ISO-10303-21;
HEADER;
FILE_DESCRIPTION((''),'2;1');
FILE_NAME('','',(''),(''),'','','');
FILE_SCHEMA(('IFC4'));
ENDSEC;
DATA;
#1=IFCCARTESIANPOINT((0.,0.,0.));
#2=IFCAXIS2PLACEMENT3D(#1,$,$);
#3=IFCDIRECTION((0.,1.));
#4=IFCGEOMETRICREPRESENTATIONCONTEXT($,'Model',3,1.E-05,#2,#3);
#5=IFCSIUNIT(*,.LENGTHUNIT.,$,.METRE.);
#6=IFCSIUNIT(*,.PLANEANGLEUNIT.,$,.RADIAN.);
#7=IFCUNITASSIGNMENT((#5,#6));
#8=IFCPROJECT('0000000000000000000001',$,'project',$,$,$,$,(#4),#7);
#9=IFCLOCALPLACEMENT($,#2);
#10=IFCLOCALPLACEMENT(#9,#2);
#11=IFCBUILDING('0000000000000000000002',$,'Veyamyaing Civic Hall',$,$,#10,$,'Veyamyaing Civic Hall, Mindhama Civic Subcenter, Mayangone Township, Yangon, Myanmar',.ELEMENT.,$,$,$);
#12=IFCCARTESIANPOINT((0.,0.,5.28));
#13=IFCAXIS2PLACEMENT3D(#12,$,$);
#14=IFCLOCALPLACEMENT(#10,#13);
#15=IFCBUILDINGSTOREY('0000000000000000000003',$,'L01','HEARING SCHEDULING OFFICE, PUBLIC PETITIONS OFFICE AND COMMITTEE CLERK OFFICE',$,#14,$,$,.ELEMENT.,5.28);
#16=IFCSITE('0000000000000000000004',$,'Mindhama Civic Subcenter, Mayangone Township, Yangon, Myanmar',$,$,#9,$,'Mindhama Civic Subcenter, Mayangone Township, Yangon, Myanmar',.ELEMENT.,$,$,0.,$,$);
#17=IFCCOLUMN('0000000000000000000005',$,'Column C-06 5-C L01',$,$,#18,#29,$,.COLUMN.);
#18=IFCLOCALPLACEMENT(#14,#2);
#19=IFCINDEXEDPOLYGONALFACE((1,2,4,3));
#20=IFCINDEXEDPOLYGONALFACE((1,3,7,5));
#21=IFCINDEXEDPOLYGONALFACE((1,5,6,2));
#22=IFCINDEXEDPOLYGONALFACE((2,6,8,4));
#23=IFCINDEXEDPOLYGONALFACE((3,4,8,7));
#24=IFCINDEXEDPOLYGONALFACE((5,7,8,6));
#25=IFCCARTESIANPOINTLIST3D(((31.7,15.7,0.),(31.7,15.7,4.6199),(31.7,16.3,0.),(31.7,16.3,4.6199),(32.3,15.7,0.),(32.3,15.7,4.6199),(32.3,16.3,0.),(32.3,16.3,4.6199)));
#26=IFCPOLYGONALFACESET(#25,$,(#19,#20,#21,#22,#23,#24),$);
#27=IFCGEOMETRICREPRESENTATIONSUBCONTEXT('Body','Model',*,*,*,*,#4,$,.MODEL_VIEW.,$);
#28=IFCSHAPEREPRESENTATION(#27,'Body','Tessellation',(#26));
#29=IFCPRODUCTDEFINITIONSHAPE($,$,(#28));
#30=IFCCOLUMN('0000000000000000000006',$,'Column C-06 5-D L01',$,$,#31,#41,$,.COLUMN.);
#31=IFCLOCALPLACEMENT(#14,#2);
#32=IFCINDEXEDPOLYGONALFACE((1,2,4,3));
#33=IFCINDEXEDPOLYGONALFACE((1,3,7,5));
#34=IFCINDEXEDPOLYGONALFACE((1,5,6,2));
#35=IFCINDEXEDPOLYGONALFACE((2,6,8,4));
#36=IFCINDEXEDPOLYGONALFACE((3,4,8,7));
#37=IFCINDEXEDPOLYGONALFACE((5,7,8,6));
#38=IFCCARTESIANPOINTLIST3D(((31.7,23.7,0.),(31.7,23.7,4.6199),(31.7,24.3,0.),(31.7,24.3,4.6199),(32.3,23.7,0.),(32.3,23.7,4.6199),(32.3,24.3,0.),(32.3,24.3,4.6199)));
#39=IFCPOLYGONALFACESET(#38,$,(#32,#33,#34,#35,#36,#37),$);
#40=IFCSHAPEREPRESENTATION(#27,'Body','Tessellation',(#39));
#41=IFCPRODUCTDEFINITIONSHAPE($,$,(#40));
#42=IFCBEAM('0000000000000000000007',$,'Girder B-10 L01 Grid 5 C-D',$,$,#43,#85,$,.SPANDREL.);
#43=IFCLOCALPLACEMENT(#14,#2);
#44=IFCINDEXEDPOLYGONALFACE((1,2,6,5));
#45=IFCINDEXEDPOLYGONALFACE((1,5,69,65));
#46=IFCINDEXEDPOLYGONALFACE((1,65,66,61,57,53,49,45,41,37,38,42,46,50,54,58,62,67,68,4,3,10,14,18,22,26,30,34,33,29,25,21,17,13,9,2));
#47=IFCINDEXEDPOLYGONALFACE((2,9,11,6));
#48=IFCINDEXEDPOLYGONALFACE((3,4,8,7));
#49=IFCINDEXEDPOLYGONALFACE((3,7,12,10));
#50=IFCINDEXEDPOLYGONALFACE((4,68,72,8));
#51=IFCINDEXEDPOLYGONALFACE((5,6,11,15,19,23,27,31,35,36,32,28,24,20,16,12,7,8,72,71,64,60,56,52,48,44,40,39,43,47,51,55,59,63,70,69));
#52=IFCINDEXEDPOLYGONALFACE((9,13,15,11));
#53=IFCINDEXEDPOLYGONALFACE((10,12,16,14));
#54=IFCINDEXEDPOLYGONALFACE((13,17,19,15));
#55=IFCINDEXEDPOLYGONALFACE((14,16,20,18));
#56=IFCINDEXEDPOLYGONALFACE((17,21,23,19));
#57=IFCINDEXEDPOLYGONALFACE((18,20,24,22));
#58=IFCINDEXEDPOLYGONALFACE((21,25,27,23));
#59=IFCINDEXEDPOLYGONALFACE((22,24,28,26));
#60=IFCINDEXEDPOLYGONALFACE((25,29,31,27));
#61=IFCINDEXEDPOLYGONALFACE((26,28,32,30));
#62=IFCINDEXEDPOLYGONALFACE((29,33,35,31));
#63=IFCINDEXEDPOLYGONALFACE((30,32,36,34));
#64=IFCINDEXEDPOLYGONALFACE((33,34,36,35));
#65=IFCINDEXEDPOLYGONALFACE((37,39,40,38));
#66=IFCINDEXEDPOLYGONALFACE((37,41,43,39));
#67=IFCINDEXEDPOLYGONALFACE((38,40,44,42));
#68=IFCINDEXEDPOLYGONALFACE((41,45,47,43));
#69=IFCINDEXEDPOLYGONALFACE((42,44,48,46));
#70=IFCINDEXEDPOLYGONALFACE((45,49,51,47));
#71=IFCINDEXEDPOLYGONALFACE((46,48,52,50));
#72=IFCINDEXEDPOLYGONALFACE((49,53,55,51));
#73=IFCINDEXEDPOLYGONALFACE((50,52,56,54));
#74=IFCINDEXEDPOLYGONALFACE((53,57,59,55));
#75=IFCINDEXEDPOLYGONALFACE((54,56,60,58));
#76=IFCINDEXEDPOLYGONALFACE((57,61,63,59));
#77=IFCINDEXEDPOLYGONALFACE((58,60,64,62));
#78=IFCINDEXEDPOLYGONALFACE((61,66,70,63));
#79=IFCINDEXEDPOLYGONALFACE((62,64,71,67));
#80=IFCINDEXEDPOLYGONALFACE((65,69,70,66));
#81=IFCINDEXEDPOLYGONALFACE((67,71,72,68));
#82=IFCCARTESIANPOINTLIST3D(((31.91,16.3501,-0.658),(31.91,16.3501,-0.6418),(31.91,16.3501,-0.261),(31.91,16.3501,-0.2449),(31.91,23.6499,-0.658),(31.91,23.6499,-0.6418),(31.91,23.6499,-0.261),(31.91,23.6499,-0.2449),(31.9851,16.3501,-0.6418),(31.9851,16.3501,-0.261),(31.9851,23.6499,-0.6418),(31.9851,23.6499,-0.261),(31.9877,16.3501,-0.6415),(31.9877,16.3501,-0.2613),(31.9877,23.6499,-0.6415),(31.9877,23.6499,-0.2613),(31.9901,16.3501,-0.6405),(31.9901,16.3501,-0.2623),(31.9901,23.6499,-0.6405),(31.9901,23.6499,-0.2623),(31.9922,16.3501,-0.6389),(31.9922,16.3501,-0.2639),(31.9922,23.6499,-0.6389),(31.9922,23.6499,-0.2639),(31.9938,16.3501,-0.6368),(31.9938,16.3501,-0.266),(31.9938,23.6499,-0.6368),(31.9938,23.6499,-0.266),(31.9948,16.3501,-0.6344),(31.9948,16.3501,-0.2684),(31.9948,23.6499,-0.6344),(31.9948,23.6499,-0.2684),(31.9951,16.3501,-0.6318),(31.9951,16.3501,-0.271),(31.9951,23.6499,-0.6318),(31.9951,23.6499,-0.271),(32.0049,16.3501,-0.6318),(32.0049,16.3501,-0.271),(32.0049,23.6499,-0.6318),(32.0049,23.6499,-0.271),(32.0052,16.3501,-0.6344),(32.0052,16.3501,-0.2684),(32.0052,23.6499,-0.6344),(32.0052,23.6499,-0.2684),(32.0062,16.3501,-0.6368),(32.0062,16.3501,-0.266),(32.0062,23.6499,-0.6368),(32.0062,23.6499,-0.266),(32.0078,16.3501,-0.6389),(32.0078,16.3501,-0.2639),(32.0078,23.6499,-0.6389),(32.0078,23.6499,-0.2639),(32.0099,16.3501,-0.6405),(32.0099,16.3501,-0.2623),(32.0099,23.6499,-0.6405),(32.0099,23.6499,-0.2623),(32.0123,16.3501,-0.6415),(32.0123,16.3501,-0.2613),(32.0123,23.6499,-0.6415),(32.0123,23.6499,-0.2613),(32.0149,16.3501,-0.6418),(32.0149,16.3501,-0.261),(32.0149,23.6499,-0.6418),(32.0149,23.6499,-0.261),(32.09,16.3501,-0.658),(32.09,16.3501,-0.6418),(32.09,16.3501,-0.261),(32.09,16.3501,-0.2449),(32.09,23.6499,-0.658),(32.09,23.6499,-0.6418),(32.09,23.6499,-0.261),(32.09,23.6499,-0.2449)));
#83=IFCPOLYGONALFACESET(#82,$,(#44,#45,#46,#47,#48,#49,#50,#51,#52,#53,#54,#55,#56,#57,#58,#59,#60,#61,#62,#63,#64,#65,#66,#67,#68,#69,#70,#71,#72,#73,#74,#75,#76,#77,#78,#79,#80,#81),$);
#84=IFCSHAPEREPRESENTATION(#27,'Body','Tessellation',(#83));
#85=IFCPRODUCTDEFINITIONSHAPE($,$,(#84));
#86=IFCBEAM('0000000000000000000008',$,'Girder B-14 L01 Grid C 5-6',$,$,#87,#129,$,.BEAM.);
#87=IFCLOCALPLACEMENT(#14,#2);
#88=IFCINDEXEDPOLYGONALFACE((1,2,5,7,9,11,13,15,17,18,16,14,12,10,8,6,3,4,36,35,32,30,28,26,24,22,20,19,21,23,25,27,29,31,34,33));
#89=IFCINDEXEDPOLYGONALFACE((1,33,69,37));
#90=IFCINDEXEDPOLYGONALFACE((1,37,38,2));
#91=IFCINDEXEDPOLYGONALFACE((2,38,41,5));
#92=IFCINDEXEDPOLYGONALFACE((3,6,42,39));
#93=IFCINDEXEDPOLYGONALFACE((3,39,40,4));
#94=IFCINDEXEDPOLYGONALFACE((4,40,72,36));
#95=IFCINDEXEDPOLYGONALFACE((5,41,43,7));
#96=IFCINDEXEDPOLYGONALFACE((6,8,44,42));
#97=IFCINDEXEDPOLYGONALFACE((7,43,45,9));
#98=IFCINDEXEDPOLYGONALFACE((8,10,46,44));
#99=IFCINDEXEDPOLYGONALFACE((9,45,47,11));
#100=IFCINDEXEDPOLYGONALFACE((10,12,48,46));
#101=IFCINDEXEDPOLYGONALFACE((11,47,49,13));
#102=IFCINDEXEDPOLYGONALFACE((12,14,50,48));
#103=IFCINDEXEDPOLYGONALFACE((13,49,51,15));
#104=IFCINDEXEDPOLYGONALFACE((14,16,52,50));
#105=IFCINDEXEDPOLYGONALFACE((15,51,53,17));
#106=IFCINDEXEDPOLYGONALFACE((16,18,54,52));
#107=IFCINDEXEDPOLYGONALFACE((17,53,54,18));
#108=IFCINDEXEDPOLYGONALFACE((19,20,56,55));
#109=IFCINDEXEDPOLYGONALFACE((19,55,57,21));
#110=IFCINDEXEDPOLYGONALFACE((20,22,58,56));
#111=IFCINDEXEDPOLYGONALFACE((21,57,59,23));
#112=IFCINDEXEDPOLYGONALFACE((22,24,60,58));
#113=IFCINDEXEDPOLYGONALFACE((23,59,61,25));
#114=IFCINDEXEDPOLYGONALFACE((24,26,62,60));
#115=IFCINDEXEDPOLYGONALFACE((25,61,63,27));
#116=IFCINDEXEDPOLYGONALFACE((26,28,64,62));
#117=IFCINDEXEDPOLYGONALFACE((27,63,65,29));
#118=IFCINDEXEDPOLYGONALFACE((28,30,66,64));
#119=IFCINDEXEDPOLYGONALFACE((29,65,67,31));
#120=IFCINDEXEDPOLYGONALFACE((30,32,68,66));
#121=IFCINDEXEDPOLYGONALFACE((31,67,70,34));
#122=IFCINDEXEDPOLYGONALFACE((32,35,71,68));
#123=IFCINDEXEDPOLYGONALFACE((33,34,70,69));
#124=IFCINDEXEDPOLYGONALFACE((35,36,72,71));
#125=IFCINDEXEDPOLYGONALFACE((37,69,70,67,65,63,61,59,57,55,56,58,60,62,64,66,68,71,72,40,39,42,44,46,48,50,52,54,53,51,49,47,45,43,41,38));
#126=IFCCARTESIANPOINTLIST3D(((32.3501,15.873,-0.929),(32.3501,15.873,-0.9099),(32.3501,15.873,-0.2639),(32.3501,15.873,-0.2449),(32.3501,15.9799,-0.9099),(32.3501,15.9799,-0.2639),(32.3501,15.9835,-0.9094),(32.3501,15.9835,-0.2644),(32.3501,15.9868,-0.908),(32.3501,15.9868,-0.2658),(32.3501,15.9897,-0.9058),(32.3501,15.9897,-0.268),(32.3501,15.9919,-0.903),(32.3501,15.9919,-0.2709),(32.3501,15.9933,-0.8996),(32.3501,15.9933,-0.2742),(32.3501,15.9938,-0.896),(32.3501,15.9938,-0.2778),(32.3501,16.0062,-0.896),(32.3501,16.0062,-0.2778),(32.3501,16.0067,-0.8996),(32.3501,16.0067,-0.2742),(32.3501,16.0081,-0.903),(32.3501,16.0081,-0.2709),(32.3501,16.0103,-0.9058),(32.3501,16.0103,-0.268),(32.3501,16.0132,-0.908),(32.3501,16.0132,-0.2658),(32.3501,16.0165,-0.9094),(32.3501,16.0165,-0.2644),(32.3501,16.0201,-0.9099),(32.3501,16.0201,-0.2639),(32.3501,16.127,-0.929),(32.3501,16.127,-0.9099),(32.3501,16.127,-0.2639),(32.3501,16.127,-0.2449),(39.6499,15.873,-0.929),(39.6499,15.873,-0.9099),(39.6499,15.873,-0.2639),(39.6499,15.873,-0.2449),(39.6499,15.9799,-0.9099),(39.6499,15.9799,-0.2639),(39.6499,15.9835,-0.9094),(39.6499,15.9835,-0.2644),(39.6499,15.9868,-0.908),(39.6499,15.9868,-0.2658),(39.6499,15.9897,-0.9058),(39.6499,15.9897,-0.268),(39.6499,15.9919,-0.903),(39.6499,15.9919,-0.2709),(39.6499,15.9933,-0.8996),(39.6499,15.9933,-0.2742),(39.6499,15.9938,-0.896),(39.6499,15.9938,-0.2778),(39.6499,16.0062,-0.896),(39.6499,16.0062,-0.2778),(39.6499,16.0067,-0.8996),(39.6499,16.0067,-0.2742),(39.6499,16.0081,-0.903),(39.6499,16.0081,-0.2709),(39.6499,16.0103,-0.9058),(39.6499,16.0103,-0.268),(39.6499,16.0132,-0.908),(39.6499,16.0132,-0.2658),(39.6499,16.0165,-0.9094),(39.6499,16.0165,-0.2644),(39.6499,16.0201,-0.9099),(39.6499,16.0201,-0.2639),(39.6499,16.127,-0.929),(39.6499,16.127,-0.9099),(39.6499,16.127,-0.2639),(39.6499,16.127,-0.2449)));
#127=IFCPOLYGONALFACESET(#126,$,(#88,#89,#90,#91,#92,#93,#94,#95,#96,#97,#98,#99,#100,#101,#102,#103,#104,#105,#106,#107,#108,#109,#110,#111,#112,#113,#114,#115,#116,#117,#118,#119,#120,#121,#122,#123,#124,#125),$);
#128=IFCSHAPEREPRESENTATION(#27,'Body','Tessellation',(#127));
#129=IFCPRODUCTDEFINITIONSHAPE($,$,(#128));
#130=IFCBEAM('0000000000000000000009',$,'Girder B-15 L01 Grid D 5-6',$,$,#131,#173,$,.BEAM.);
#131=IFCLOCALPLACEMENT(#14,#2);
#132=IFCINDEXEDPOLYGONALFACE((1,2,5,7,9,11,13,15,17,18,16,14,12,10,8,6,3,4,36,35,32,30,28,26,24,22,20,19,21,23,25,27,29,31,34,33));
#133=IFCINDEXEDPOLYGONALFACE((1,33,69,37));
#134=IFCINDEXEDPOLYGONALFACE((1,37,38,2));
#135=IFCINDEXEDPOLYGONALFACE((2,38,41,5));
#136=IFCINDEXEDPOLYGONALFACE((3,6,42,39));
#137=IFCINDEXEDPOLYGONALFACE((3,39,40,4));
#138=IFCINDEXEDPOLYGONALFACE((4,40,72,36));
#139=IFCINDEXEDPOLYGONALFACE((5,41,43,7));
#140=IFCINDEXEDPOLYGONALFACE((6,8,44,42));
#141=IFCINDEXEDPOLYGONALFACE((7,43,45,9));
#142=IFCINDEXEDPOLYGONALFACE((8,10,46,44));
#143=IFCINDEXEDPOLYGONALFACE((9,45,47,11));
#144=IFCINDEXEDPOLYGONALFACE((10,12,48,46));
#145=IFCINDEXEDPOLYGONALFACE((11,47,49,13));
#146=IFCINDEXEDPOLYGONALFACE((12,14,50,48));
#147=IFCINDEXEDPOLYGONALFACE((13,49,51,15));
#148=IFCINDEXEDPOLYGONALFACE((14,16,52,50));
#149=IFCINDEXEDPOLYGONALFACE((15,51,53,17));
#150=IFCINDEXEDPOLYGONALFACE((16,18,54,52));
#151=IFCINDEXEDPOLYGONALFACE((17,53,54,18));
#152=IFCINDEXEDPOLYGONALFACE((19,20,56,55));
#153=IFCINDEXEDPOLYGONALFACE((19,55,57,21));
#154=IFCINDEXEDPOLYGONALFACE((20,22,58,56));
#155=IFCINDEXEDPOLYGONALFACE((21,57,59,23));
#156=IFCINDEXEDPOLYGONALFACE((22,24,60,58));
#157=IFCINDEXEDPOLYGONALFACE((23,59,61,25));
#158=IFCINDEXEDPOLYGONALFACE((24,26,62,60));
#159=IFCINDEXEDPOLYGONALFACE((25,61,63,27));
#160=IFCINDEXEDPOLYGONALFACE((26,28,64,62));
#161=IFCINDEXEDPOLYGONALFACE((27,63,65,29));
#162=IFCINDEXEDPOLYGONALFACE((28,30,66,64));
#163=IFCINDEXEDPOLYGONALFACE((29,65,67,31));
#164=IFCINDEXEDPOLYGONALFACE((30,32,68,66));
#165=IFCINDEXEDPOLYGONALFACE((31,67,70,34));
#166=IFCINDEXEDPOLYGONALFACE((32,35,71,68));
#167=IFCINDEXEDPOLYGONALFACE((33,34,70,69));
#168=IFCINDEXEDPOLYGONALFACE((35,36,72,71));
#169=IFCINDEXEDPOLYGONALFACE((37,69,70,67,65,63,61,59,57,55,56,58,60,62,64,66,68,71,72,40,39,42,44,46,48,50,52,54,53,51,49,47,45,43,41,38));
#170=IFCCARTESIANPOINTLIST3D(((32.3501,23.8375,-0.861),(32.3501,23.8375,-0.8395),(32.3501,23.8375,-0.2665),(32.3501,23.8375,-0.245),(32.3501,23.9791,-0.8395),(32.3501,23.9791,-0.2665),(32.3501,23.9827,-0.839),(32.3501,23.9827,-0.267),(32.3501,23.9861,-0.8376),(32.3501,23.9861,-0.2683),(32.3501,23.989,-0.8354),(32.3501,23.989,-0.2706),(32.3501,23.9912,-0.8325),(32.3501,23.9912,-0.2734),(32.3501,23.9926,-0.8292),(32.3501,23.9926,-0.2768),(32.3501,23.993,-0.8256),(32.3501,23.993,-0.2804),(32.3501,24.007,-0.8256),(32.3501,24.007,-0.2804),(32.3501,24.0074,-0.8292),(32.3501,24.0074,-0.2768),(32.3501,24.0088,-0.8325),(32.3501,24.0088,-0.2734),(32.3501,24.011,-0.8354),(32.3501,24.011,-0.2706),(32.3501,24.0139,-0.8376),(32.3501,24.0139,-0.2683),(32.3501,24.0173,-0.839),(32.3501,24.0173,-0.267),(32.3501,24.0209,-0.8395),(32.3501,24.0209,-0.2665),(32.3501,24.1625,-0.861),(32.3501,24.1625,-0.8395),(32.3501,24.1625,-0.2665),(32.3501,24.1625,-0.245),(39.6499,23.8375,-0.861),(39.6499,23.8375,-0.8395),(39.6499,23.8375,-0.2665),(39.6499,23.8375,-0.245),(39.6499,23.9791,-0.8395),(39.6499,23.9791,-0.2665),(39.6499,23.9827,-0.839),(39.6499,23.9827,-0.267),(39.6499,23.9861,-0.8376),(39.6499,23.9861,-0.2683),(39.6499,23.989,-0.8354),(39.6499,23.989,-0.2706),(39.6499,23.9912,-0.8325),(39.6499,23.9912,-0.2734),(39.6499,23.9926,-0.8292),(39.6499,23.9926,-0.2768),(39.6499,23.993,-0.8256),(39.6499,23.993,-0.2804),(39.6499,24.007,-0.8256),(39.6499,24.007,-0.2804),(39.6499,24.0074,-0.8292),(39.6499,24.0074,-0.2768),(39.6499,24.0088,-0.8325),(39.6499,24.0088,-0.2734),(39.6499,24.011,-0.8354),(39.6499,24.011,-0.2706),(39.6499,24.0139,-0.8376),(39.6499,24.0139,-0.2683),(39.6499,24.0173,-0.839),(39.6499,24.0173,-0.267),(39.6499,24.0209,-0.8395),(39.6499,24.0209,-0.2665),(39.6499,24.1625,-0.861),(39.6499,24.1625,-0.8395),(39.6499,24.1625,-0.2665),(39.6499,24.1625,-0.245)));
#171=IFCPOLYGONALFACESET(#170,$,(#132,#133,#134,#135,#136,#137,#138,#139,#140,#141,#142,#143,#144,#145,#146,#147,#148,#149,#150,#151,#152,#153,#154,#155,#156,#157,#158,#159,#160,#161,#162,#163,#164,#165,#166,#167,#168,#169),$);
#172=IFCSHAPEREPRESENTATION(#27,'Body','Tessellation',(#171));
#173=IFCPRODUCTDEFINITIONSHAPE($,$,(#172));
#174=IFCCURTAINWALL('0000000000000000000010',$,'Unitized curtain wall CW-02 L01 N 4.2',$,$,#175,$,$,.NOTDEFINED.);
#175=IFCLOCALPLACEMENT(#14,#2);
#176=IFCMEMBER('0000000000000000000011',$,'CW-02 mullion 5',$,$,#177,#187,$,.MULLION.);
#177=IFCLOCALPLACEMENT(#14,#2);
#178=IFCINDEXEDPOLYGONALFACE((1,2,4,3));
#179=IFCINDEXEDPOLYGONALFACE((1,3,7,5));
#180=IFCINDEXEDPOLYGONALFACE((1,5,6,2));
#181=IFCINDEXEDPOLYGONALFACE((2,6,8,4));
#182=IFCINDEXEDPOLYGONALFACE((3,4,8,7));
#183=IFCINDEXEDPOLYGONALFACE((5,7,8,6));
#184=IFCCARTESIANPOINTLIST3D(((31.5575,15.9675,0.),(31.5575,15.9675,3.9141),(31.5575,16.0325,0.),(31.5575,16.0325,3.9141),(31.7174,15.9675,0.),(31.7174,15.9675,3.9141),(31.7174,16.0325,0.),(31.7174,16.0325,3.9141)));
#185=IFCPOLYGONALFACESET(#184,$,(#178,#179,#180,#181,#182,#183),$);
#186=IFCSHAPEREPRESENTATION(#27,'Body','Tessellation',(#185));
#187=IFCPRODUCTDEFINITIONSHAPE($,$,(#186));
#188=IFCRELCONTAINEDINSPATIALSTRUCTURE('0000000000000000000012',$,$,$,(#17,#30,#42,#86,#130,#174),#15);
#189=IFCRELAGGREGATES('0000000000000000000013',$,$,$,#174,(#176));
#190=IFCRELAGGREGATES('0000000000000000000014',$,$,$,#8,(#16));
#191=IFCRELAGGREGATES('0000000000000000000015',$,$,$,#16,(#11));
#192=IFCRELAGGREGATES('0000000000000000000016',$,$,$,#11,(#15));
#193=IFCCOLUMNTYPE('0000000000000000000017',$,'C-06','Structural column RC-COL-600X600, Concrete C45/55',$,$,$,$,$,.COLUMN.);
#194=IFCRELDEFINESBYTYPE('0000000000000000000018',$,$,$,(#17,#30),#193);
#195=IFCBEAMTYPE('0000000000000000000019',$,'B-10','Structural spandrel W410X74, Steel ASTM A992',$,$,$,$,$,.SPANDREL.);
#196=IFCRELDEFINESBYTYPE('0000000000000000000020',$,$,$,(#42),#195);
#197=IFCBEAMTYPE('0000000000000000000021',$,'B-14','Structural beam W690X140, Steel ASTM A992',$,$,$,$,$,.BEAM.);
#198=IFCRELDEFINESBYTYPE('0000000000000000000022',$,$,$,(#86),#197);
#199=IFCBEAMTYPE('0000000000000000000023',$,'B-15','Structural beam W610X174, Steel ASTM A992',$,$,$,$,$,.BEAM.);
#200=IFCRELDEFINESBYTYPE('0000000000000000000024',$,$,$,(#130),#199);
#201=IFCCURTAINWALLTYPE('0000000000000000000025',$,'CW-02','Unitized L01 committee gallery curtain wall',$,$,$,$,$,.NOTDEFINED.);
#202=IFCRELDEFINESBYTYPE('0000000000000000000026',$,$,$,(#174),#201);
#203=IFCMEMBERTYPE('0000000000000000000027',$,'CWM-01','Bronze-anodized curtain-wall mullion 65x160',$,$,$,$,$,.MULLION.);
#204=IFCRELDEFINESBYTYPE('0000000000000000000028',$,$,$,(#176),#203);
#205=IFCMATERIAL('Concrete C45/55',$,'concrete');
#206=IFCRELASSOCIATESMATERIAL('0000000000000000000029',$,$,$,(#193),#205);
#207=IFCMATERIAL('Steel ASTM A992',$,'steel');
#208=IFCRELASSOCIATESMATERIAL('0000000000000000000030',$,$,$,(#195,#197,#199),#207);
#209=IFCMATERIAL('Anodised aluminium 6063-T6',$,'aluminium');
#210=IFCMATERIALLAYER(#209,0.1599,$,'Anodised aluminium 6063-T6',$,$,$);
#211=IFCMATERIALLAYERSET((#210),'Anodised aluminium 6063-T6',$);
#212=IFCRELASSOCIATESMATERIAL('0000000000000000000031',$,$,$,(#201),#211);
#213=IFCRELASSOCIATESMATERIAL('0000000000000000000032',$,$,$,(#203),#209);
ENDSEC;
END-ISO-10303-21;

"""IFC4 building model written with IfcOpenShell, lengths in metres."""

from ifc_helpers import new_model, si_unit, direction, frame, origin, origin_2d, place, context, subcontext, project, spatial, rectangle, i_section, extrude, material, layer, layer_set, material_profile, profile_set, type_object, element, aggregate, save


model = new_model("IFC4")

# Units and contexts
model_context = context("Model", 3, precision=1e-05, world=origin(), true_north=direction((0.0, 1.0)))
body_context = subcontext(model_context, "Body", "Model", "MODEL_VIEW")
ifc_project = project(units=[si_unit("LENGTHUNIT", "METRE"), si_unit("PLANEANGLEUNIT", "RADIAN")], contexts=[model_context])

# Site, building, storey
site_placement = place(None, origin())
site = spatial("IfcSite", under=ifc_project, at=site_placement, Name="Mindhama Civic Subcenter, Mayangone Township, Yangon, Myanmar", LongName="Mindhama Civic Subcenter, Mayangone Township, Yangon, Myanmar", CompositionType="ELEMENT", RefElevation=0.0)
building_placement = place(site_placement, origin())
building = spatial("IfcBuilding", under=site, at=building_placement, Name="Veyamyaing Civic Hall", LongName="Veyamyaing Civic Hall, Mindhama Civic Subcenter, Mayangone Township, Yangon, Myanmar", CompositionType="ELEMENT")
storey_placement = place(building_placement, frame((0.0, 0.0, 5.28)))
storey = spatial("IfcBuildingStorey", under=building, at=storey_placement, Name="L01", Description="HEARING SCHEDULING OFFICE, PUBLIC PETITIONS OFFICE AND COMMITTEE CLERK OFFICE", CompositionType="ELEMENT", Elevation=5.28)

# Columns
ifc_material_1 = material(Name="Concrete C45/55", Category="concrete")
ifc_material_profile_1 = material_profile(ifc_material_1, rectangle(XDim=0.6001, YDim=0.6001, at=origin_2d()), Name="RC-COL-600X600")
ifc_profile_set_1 = profile_set([ifc_material_profile_1], Name="Concrete C45/55")
column_type = type_object("IfcColumnType", Name="C-06", Description="Structural column RC-COL-600X600, Concrete C45/55", PredefinedType="COLUMN", material=ifc_profile_set_1)
for number, where, z_axis, x_axis, name in (
    (1, (32.0, 16.0, 0.0), (0.0, 0.0, 1.0), (1.0, 0.0, 0.0), "Column C-06 5-C L01"),
    (2, (32.0, 24.0, 0.0), (0.0, 0.0, 1.0), (1.0, 0.0, 0.0), "Column C-06 5-D L01"),
):
    element("IfcColumn", number, at=place(storey_placement, frame(where, z_axis=z_axis, x_axis=x_axis)), inside=storey, type_object=column_type, Name=name, PredefinedType="COLUMN", context=body_context, shape_type="SweptSolid", body=[
        extrude(rectangle(XDim=0.6001, YDim=0.6001, at=origin_2d()), origin(), (0.0, 0.0, 1.0), 4.6199),
    ])

# Beams
ifc_material_2 = material(Name="Steel ASTM A992", Category="steel")
ifc_material_profile_2 = material_profile(ifc_material_2, i_section(OverallWidth=0.1799, OverallDepth=0.4131, WebThickness=0.0098, FlangeThickness=0.0161, FilletRadius=0.01, at=origin_2d()), Name="W410X74")
ifc_profile_set_2 = profile_set([ifc_material_profile_2], Name="Steel ASTM A992")
beam_type_1 = type_object("IfcBeamType", Name="B-10", Description="Structural spandrel W410X74, Steel ASTM A992", PredefinedType="SPANDREL", material=ifc_profile_set_2)
beam_1_placement = place(storey_placement, frame((32.0, 16.3501, -0.4514), z_axis=(0.0, 1.0, 0.0), x_axis=(-1.0, 0.0, 0.0)))
element("IfcBeam", 3, at=beam_1_placement, inside=storey, type_object=beam_type_1, Name="Girder B-10 L01 Grid 5 C-D", PredefinedType="SPANDREL", context=body_context, shape_type="SweptSolid", body=[
    extrude(i_section(OverallWidth=0.1799, OverallDepth=0.4131, WebThickness=0.0098, FlangeThickness=0.0161, FilletRadius=0.01, at=origin_2d()), origin(), (0.0, 0.0, 1.0), 7.2998),
])
ifc_material_profile_3 = material_profile(ifc_material_2, i_section(OverallWidth=0.2539, OverallDepth=0.6841, WebThickness=0.0125, FlangeThickness=0.019, FilletRadius=0.0139, at=origin_2d()), Name="W690X140")
ifc_profile_set_3 = profile_set([ifc_material_profile_3], Name="Steel ASTM A992")
beam_type_2 = type_object("IfcBeamType", Name="B-14", Description="Structural beam W690X140, Steel ASTM A992", PredefinedType="BEAM", material=ifc_profile_set_3)
beam_2_placement = place(storey_placement, frame((32.3501, 16.0, -0.5869), z_axis=(1.0, 0.0, 0.0), x_axis=(0.0, 1.0, 0.0)))
element("IfcBeam", 4, at=beam_2_placement, inside=storey, type_object=beam_type_2, Name="Girder B-14 L01 Grid C 5-6", PredefinedType="BEAM", context=body_context, shape_type="SweptSolid", body=[
    extrude(i_section(OverallWidth=0.2539, OverallDepth=0.6841, WebThickness=0.0125, FlangeThickness=0.019, FilletRadius=0.0139, at=origin_2d()), origin(), (0.0, 0.0, 1.0), 7.2998),
])
ifc_material_profile_4 = material_profile(ifc_material_2, i_section(OverallWidth=0.325, OverallDepth=0.616, WebThickness=0.0139, FlangeThickness=0.0215, FilletRadius=0.0139, at=origin_2d()), Name="W610X174")
ifc_profile_set_4 = profile_set([ifc_material_profile_4], Name="Steel ASTM A992")
beam_type_3 = type_object("IfcBeamType", Name="B-15", Description="Structural beam W610X174, Steel ASTM A992", PredefinedType="BEAM", material=ifc_profile_set_4)
beam_3_placement = place(storey_placement, frame((32.3501, 24.0, -0.553), z_axis=(1.0, 0.0, 0.0), x_axis=(0.0, 1.0, 0.0)))
element("IfcBeam", 5, at=beam_3_placement, inside=storey, type_object=beam_type_3, Name="Girder B-15 L01 Grid D 5-6", PredefinedType="BEAM", context=body_context, shape_type="SweptSolid", body=[
    extrude(i_section(OverallWidth=0.325, OverallDepth=0.616, WebThickness=0.0139, FlangeThickness=0.0215, FilletRadius=0.0139, at=origin_2d()), origin(), (0.0, 0.0, 1.0), 7.2998),
])

# Curtain wall, member
ifc_material_3 = material(Name="Anodised aluminium 6063-T6", Category="aluminium")
ifc_layer_1 = layer(ifc_material_3, 0.1599, Name="Anodised aluminium 6063-T6")
ifc_layer_set_1 = layer_set([ifc_layer_1], Name="Anodised aluminium 6063-T6")
curtain_wall_type = type_object("IfcCurtainWallType", Name="CW-02", Description="Unitized L01 committee gallery curtain wall", PredefinedType="NOTDEFINED", material=ifc_layer_set_1)
curtain_wall_placement = place(storey_placement, origin())
curtain_wall = element("IfcCurtainWall", 6, at=curtain_wall_placement, inside=storey, type_object=curtain_wall_type, Name="Unitized curtain wall CW-02 L01 N 4.2", PredefinedType="NOTDEFINED")
ifc_material_profile_5 = material_profile(ifc_material_3, rectangle(XDim=0.0649, YDim=0.1599, at=origin_2d()), Name="ALU-MUL-65X160")
ifc_profile_set_5 = profile_set([ifc_material_profile_5], Name="Anodised aluminium 6063-T6")
member_type = type_object("IfcMemberType", Name="CWM-01", Description="Bronze-anodized curtain-wall mullion 65x160", PredefinedType="MULLION", material=ifc_profile_set_5)
member_placement = place(storey_placement, frame((31.6375, 16.0, 0.0), z_axis=(0.0, 0.0, 1.0), x_axis=(0.0, 1.0, 0.0)))
member = element("IfcMember", 7, at=member_placement, type_object=member_type, Name="CW-02 mullion 5", PredefinedType="MULLION", context=body_context, shape_type="SweptSolid", body=[
    extrude(rectangle(XDim=0.0649, YDim=0.1599, at=origin_2d()), origin(), (0.0, 0.0, 1.0), 3.9141),
])

aggregate(curtain_wall, [member])

save(model, "model.ifc")
